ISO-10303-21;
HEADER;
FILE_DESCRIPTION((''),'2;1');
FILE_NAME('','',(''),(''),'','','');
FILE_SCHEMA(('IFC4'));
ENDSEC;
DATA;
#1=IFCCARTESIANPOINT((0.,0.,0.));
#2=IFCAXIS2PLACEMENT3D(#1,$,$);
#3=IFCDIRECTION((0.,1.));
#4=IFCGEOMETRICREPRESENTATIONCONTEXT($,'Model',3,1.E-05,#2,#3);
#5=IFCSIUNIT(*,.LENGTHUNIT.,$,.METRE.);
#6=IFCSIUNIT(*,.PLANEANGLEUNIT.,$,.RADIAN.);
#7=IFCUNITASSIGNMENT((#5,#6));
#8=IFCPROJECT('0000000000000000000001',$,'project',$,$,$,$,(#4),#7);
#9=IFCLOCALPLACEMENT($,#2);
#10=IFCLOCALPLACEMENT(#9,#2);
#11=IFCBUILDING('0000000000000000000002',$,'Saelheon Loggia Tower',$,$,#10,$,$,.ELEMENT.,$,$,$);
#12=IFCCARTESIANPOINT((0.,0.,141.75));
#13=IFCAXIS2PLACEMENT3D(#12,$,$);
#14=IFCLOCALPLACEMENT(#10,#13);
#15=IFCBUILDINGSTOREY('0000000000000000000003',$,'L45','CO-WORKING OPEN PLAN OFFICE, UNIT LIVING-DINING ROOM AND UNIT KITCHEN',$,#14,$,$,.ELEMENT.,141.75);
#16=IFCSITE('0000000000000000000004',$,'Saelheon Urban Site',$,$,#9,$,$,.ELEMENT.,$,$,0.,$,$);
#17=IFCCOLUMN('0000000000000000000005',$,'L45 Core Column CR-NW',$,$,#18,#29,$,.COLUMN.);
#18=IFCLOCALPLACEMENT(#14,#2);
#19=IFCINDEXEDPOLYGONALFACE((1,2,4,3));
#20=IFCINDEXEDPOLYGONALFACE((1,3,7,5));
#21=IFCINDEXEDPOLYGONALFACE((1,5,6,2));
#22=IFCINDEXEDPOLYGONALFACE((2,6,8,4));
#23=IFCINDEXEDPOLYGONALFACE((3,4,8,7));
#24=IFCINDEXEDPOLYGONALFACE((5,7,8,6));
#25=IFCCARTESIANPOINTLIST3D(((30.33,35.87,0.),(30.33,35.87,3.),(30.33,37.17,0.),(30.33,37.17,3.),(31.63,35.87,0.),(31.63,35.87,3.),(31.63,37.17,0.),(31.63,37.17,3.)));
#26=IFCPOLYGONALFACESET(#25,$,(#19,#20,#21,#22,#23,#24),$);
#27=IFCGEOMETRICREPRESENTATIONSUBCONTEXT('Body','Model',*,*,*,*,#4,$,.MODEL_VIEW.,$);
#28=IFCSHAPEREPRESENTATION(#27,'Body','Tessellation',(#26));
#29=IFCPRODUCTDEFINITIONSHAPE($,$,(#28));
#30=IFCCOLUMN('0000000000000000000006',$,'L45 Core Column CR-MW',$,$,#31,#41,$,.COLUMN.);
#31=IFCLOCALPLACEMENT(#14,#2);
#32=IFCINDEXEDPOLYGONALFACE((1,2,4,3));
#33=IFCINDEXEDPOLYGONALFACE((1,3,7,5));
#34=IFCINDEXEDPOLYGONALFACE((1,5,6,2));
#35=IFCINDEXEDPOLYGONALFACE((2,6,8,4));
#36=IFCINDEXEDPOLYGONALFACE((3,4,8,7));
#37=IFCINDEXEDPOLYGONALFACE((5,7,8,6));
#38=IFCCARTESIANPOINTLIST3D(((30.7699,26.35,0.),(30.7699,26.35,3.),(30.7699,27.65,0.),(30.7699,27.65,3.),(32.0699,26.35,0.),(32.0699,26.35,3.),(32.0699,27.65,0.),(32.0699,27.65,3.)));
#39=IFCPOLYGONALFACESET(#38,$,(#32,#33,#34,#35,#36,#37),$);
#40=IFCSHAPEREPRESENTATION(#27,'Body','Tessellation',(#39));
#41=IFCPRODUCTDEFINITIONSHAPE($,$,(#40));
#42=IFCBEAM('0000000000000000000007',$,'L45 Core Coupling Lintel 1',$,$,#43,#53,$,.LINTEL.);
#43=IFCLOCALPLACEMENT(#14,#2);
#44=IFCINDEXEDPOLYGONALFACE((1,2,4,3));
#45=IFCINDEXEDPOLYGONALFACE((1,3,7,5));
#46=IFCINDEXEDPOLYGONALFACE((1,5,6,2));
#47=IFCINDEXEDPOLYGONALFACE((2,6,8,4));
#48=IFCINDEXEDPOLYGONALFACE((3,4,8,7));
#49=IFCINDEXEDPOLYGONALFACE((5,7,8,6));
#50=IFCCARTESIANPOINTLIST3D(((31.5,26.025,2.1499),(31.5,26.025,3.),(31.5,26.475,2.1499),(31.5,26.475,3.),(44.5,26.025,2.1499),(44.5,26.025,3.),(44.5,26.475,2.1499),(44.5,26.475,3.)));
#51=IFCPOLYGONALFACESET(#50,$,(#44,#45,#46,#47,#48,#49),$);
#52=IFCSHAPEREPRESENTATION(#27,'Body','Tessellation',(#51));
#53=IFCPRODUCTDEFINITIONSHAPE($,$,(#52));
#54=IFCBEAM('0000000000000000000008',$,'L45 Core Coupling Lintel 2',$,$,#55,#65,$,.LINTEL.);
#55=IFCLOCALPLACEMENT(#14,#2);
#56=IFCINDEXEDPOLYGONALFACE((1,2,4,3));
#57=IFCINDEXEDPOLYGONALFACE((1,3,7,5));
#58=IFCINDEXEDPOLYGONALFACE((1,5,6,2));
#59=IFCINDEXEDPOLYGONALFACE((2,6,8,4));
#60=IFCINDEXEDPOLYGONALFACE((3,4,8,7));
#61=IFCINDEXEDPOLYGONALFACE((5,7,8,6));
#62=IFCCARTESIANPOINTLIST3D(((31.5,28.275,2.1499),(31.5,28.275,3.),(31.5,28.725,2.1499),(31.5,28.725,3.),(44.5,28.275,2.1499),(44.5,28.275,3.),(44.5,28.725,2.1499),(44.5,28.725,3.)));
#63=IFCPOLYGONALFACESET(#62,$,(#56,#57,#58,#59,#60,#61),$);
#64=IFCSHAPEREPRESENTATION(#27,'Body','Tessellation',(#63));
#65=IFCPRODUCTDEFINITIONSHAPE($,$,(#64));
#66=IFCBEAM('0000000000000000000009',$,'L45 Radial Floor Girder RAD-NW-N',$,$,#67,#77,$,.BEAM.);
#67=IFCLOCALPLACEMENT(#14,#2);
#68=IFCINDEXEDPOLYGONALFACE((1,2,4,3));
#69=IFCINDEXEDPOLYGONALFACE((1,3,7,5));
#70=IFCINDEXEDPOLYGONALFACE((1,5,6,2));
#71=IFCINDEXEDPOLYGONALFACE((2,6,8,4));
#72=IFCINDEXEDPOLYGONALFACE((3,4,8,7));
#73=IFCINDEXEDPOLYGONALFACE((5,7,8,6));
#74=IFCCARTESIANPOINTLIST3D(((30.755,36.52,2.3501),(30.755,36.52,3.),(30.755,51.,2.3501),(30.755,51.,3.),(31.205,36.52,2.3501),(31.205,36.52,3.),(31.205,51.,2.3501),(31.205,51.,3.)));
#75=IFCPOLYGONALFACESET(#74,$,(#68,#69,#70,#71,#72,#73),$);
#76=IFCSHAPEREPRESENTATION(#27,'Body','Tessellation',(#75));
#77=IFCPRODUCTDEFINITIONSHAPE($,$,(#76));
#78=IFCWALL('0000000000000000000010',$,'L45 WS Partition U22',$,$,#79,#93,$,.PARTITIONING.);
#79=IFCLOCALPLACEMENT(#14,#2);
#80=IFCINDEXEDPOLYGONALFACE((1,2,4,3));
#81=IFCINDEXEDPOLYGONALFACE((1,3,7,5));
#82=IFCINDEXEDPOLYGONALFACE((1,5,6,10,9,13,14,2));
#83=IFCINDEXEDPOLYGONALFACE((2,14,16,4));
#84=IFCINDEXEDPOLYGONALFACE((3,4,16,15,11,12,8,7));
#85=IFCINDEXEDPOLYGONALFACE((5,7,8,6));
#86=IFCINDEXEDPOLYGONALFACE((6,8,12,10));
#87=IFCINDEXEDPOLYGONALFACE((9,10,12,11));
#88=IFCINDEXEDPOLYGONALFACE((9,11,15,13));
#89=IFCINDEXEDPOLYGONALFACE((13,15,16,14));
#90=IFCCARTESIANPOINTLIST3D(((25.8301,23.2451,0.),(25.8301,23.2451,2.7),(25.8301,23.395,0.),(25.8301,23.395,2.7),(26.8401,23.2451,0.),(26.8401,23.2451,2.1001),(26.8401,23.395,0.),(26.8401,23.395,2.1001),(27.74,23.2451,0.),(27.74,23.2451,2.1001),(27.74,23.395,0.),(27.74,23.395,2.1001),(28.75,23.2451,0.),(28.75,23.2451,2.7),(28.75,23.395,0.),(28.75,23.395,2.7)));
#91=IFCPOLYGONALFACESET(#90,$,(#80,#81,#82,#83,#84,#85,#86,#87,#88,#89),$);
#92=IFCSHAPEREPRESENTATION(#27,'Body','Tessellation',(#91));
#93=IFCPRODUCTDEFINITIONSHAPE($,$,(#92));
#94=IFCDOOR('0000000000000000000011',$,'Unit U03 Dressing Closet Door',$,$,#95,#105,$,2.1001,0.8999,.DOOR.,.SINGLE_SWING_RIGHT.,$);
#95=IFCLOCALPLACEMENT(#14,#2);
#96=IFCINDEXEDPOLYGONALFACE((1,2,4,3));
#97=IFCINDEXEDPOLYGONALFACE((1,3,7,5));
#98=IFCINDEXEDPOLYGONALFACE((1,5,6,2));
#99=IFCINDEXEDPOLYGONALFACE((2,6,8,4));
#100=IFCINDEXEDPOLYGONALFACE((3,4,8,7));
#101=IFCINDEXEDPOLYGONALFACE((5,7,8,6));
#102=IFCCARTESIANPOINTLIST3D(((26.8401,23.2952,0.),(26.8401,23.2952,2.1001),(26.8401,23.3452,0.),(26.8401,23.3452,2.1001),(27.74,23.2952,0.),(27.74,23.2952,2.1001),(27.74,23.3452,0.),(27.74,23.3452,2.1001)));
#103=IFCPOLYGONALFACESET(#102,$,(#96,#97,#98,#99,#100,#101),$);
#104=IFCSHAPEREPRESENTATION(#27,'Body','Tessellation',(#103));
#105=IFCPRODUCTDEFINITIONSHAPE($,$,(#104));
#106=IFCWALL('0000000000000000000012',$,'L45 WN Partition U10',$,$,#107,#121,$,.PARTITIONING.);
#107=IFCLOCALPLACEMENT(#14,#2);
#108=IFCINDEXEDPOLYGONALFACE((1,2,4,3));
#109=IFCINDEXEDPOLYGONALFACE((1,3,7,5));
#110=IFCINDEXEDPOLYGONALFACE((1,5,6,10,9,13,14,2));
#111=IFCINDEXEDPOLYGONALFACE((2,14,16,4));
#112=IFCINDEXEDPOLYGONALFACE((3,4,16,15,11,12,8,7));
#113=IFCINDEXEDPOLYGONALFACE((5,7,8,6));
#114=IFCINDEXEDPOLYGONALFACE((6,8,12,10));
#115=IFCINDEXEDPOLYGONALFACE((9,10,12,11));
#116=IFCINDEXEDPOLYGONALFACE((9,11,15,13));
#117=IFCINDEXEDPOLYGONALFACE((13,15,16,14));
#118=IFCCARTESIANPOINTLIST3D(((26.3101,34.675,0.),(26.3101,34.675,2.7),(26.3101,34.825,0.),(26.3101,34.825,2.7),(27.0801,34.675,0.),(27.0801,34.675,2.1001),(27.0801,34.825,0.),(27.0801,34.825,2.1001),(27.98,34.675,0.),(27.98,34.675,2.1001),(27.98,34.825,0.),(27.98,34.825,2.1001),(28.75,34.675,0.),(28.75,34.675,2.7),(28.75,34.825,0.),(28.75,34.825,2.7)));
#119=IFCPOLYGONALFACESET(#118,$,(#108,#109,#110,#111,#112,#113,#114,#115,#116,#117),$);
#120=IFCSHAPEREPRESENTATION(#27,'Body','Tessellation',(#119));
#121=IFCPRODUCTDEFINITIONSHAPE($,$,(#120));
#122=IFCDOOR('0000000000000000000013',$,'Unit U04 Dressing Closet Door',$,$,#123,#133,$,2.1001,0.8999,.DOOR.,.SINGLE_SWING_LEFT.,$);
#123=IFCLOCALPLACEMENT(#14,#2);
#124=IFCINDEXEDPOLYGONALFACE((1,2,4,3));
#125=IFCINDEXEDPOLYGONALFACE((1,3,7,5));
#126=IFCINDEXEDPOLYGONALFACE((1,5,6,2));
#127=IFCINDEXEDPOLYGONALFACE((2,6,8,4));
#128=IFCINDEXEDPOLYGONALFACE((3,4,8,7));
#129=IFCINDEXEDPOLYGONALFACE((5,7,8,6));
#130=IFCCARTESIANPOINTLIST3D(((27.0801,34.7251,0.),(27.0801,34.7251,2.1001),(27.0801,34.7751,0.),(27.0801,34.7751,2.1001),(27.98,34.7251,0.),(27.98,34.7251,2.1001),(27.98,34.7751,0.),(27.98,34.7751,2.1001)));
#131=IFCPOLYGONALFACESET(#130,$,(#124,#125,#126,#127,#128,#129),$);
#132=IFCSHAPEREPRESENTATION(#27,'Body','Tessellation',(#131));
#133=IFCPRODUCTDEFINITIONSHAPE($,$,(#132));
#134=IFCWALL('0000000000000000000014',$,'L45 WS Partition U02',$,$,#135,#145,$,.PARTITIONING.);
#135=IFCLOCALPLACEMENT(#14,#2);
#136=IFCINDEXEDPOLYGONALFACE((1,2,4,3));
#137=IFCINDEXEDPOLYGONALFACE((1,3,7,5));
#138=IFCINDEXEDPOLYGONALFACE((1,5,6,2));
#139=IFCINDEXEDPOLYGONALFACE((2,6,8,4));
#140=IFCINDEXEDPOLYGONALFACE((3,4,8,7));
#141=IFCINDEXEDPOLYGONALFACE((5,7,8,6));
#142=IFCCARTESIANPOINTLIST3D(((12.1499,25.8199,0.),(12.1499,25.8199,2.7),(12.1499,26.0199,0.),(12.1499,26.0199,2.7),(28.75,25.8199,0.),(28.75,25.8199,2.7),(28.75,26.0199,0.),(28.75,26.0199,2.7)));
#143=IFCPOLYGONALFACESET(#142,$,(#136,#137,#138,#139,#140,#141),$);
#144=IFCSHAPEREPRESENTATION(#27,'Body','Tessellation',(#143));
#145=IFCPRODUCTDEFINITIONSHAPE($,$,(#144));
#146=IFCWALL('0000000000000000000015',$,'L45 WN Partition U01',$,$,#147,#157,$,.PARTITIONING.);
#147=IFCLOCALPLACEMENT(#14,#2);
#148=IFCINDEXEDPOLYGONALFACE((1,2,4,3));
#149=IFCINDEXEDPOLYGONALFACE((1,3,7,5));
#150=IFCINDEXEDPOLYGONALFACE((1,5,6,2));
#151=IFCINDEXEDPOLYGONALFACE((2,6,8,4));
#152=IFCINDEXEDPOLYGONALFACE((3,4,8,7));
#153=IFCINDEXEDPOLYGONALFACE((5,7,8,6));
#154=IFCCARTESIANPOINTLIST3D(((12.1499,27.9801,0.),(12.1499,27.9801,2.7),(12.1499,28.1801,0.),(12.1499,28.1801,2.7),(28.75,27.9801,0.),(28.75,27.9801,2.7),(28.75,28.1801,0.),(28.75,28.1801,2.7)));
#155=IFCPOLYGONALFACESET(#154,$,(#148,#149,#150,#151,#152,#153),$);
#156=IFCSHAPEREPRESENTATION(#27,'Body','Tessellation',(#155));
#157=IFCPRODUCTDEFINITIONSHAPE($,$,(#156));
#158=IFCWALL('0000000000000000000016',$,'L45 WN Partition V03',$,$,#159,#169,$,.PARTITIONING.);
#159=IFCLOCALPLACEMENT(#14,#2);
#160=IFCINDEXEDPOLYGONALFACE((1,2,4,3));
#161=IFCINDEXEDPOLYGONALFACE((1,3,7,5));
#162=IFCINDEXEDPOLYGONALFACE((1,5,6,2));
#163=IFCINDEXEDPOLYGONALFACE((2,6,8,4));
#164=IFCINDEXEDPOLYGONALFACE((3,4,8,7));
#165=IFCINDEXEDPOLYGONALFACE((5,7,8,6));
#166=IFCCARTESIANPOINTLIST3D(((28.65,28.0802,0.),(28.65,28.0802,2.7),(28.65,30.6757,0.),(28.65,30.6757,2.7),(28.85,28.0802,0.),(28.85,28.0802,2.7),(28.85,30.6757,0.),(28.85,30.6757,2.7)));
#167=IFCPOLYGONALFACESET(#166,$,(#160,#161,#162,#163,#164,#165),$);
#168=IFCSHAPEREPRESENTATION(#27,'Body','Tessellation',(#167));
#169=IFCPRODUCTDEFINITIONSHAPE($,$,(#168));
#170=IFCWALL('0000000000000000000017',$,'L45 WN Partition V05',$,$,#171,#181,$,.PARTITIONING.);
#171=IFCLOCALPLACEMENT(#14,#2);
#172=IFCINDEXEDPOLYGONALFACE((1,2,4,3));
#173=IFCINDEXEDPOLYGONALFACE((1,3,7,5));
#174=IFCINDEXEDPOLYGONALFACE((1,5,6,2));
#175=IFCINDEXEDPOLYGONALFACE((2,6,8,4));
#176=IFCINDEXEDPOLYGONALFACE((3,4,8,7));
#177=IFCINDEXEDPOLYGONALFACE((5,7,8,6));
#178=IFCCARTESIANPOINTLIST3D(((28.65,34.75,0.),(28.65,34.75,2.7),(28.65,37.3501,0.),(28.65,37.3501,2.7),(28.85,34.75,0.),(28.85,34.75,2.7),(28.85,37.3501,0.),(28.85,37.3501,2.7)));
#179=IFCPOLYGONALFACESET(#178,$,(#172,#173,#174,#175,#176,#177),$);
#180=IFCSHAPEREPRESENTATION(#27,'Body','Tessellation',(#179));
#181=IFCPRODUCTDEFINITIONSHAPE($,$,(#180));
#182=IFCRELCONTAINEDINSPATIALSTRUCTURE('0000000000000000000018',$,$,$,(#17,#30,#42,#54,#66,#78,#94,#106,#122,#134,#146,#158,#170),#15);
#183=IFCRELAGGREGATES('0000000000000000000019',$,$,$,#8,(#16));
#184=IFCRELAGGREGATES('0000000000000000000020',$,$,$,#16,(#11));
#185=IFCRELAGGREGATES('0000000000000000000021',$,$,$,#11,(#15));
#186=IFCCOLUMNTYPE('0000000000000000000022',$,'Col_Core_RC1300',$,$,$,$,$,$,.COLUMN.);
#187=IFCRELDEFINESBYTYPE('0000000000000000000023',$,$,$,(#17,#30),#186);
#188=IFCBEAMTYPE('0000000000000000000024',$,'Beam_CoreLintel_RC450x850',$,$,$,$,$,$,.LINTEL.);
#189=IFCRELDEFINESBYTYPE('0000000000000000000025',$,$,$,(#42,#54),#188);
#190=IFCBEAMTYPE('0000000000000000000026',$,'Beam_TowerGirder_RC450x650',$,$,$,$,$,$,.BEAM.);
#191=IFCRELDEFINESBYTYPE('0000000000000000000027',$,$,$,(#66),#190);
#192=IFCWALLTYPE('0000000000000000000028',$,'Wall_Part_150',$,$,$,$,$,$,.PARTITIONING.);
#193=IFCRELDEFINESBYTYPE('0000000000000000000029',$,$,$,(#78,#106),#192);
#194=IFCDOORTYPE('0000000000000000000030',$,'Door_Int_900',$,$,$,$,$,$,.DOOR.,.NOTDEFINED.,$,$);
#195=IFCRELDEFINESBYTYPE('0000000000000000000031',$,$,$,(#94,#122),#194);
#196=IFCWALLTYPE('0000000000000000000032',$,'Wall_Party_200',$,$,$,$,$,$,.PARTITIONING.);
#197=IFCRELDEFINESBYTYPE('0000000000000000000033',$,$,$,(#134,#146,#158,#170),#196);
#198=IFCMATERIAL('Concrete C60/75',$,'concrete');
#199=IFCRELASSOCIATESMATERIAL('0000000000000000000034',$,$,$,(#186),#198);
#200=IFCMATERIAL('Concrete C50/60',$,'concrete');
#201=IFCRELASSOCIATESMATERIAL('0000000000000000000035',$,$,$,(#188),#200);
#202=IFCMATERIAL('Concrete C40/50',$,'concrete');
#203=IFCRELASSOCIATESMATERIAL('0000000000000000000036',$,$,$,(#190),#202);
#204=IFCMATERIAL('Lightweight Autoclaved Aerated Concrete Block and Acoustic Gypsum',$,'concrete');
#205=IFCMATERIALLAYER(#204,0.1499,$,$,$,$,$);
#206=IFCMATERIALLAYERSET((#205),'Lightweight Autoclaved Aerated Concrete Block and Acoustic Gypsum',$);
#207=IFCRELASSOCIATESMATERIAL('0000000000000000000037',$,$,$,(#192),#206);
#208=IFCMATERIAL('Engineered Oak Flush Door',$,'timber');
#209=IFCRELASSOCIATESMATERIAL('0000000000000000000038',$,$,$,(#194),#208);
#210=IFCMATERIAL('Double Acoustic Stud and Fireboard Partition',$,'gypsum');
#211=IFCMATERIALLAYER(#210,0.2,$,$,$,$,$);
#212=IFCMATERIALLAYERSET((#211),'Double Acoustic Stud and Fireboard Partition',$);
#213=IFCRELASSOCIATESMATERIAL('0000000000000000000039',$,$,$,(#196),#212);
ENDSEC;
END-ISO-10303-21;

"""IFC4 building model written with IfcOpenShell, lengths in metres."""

from ifc_helpers import new_model, si_unit, direction, frame, frame_2d, origin, origin_2d, place, context, subcontext, project, spatial, rectangle, extrude, source, transform, mapped, material, layer, layer_set, material_profile, profile_set, type_object, element, fill, save


model = new_model("IFC4")

# Units and contexts
model_context = context("Model", 3, precision=1e-05, world=origin(), true_north=direction((0.0, 1.0)))
body_context = subcontext(model_context, "Body", "Model", "MODEL_VIEW")
ifc_project = project(units=[si_unit("LENGTHUNIT", "METRE"), si_unit("PLANEANGLEUNIT", "RADIAN")], contexts=[model_context])

# Site, building, storey
site_placement = place(None, origin())
site = spatial("IfcSite", under=ifc_project, at=site_placement, Name="Saelheon Urban Site", CompositionType="ELEMENT", RefElevation=0.0)
building_placement = place(site_placement, origin())
building = spatial("IfcBuilding", under=site, at=building_placement, Name="Saelheon Loggia Tower", CompositionType="ELEMENT")
storey_placement = place(building_placement, frame((0.0, 0.0, 141.75)))
storey = spatial("IfcBuildingStorey", under=building, at=storey_placement, Name="L45", Description="CO-WORKING OPEN PLAN OFFICE, UNIT LIVING-DINING ROOM AND UNIT KITCHEN", CompositionType="ELEMENT", Elevation=141.75)

# Columns
ifc_material_1 = material(Name="Concrete C60/75", Category="concrete")
ifc_material_profile_1 = material_profile(ifc_material_1, rectangle(XDim=1.3, YDim=1.3, at=origin_2d()), Name="RC-1300x1300")
ifc_profile_set_1 = profile_set([ifc_material_profile_1], Name="Concrete C60/75")
column_type = type_object("IfcColumnType", Name="Col_Core_RC1300", PredefinedType="COLUMN", material=ifc_profile_set_1)
shared_shape_1 = source(origin(), body_context, "Body", "SweptSolid", [
    extrude(rectangle(XDim=1.3, YDim=1.3, at=origin_2d()), origin(), (0.0, 0.0, 1.0), 3.0),
])
for number, where, z_axis, x_axis, name in (
    (1, (30.98, 36.52, 0.0), (0.0, 0.0, 1.0), (1.0, 0.0, 0.0), "L45 Core Column CR-NW"),
    (2, (31.4199, 27.0, 0.0), (0.0, 0.0, 1.0), (1.0, 0.0, 0.0), "L45 Core Column CR-MW"),
):
    element("IfcColumn", number, at=place(storey_placement, frame(where, z_axis=z_axis, x_axis=x_axis)), inside=storey, type_object=column_type, Name=name, PredefinedType="COLUMN", context=body_context, shape_type="MappedRepresentation", body=[
        mapped(shared_shape_1, transform((0.0, 0.0, 0.0), scale=1.0)),
    ])

# Beams
ifc_material_2 = material(Name="Concrete C50/60", Category="concrete")
ifc_material_profile_2 = material_profile(ifc_material_2, rectangle(XDim=0.45, YDim=0.8501, at=origin_2d()), Name="RC-450x850")
ifc_profile_set_2 = profile_set([ifc_material_profile_2], Name="Concrete C50/60")
beam_type_1 = type_object("IfcBeamType", Name="Beam_CoreLintel_RC450x850", PredefinedType="LINTEL", material=ifc_profile_set_2)
shared_shape_2 = source(origin(), body_context, "Body", "SweptSolid", [
    extrude(rectangle(XDim=0.45, YDim=0.8501, at=origin_2d()), origin(), (0.0, 0.0, 1.0), 13.0),
])
for number, where, z_axis, x_axis, name in (
    (3, (31.5, 26.25, 2.575), (1.0, 0.0, 0.0), (0.0, 1.0, 0.0), "L45 Core Coupling Lintel 1"),
    (4, (31.5, 28.5, 2.575), (1.0, 0.0, 0.0), (0.0, 1.0, 0.0), "L45 Core Coupling Lintel 2"),
):
    element("IfcBeam", number, at=place(storey_placement, frame(where, z_axis=z_axis, x_axis=x_axis)), inside=storey, type_object=beam_type_1, Name=name, PredefinedType="LINTEL", context=body_context, shape_type="MappedRepresentation", body=[
        mapped(shared_shape_2, transform((0.0, 0.0, 0.0), scale=1.0)),
    ])
ifc_material_3 = material(Name="Concrete C40/50", Category="concrete")
ifc_material_profile_3 = material_profile(ifc_material_3, rectangle(XDim=0.45, YDim=0.6499, at=origin_2d()), Name="RC-450x650")
ifc_profile_set_3 = profile_set([ifc_material_profile_3], Name="Concrete C40/50")
beam_type_2 = type_object("IfcBeamType", Name="Beam_TowerGirder_RC450x650", PredefinedType="BEAM", material=ifc_profile_set_3)
shared_shape_3 = source(origin(), body_context, "Body", "SweptSolid", [
    extrude(rectangle(XDim=0.45, YDim=0.6499, at=origin_2d()), origin(), (0.0, 0.0, 1.0), 14.48),
])
beam_placement = place(storey_placement, frame((30.98, 36.52, 2.675), z_axis=(0.0, 1.0, 0.0), x_axis=(-1.0, 0.0, 0.0)))
element("IfcBeam", 5, at=beam_placement, inside=storey, type_object=beam_type_2, Name="L45 Radial Floor Girder RAD-NW-N", PredefinedType="BEAM", context=body_context, shape_type="MappedRepresentation", body=[
    mapped(shared_shape_3, transform((0.0, 0.0, 0.0), scale=1.0)),
])

# Walls, openings, doors
ifc_material_4 = material(Name="Lightweight Autoclaved Aerated Concrete Block and Acoustic Gypsum", Category="concrete")
ifc_layer_1 = layer(ifc_material_4, 0.1499)
ifc_layer_set_1 = layer_set([ifc_layer_1], Name="Lightweight Autoclaved Aerated Concrete Block and Acoustic Gypsum")
wall_type_1 = type_object("IfcWallType", Name="Wall_Part_150", PredefinedType="PARTITIONING", material=ifc_layer_set_1)
wall_1_placement = place(storey_placement, frame((28.75, 23.3201, 0.0), z_axis=(0.0, 0.0, 1.0), x_axis=(-1.0, 0.0, 0.0)))
wall_1 = element("IfcWall", 6, at=wall_1_placement, inside=storey, type_object=wall_type_1, Name="L45 WS Partition U22", PredefinedType="PARTITIONING", context=body_context, shape_type="SweptSolid", body=[
    extrude(rectangle(XDim=2.9199, YDim=0.1499, at=frame_2d((1.46, 0.0))), origin(), (0.0, 0.0, 1.0), 2.7),
])
opening_1_placement = place(wall_1_placement, frame((1.01, 0.0, 0.0)))
opening_1 = element("IfcOpeningElement", 7, at=opening_1_placement, cuts=wall_1, PredefinedType="OPENING", context=body_context, shape_type="SweptSolid", body=[
    extrude(rectangle(XDim=0.8999, YDim=2.1001, at=frame_2d((0.45, 1.05))), frame((0.0, 0.0869, 0.0), z_axis=(0.0, -1.0, 0.0), x_axis=(1.0, 0.0, 0.0)), (0.0, 0.0, 1.0), 0.1738),
])
ifc_material_5 = material(Name="Engineered Oak Flush Door", Category="timber")
door_type_1 = type_object("IfcDoorType", Name="Door_Int_900", OperationType="NOTDEFINED", PredefinedType="DOOR", material=ifc_material_5)
shared_shape_4 = source(origin(), body_context, "Body", "SweptSolid", [
    extrude(rectangle(XDim=0.8999, YDim=2.1001, at=frame_2d((0.45, 1.05))), frame((0.0, 0.0249, 0.0), z_axis=(0.0, -1.0, 0.0), x_axis=(1.0, 0.0, 0.0)), (0.0, 0.0, 1.0), 0.05),
])
door_1_placement = place(opening_1_placement, origin())
door_1 = element("IfcDoor", 8, at=door_1_placement, inside=storey, type_object=door_type_1, Name="Unit U03 Dressing Closet Door", OperationType="SINGLE_SWING_RIGHT", OverallHeight=2.1001, OverallWidth=0.8999, PredefinedType="DOOR", context=body_context, shape_type="MappedRepresentation", body=[
    mapped(shared_shape_4, transform((0.0, 0.0, 0.0), scale=1.0)),
])
fill(opening_1, door_1)
wall_2_placement = place(storey_placement, frame((28.75, 34.75, 0.0), z_axis=(0.0, 0.0, 1.0), x_axis=(-1.0, 0.0, 0.0)))
wall_2 = element("IfcWall", 9, at=wall_2_placement, inside=storey, type_object=wall_type_1, Name="L45 WN Partition U10", PredefinedType="PARTITIONING", context=body_context, shape_type="SweptSolid", body=[
    extrude(rectangle(XDim=2.4399, YDim=0.1499, at=frame_2d((1.22, 0.0))), origin(), (0.0, 0.0, 1.0), 2.7),
])
opening_2_placement = place(wall_2_placement, frame((0.77, 0.0, 0.0)))
opening_2 = element("IfcOpeningElement", 10, at=opening_2_placement, cuts=wall_2, PredefinedType="OPENING", context=body_context, shape_type="SweptSolid", body=[
    extrude(rectangle(XDim=0.8999, YDim=2.1001, at=frame_2d((0.45, 1.05))), frame((0.0, 0.0869, 0.0), z_axis=(0.0, -1.0, 0.0), x_axis=(1.0, 0.0, 0.0)), (0.0, 0.0, 1.0), 0.1738),
])
door_2_placement = place(opening_2_placement, origin())
door_2 = element("IfcDoor", 11, at=door_2_placement, inside=storey, type_object=door_type_1, Name="Unit U04 Dressing Closet Door", OperationType="SINGLE_SWING_LEFT", OverallHeight=2.1001, OverallWidth=0.8999, PredefinedType="DOOR", context=body_context, shape_type="MappedRepresentation", body=[
    mapped(shared_shape_4, transform((0.0, 0.0, 0.0), scale=1.0)),
])
fill(opening_2, door_2)

# Walls
ifc_material_6 = material(Name="Double Acoustic Stud and Fireboard Partition", Category="gypsum")
ifc_layer_2 = layer(ifc_material_6, 0.2)
ifc_layer_set_2 = layer_set([ifc_layer_2], Name="Double Acoustic Stud and Fireboard Partition")
wall_type_2 = type_object("IfcWallType", Name="Wall_Party_200", PredefinedType="PARTITIONING", material=ifc_layer_set_2)
for number, where, z_axis, x_axis, name in (
    (12, (28.75, 25.9199, 0.0), (0.0, 0.0, 1.0), (-1.0, 0.0, 0.0), "L45 WS Partition U02"),
    (13, (28.75, 28.0801, 0.0), (0.0, 0.0, 1.0), (-1.0, 0.0, 0.0), "L45 WN Partition U01"),
):
    element("IfcWall", number, at=place(storey_placement, frame(where, z_axis=z_axis, x_axis=x_axis)), inside=storey, type_object=wall_type_2, Name=name, PredefinedType="PARTITIONING", context=body_context, shape_type="SweptSolid", body=[
        extrude(rectangle(XDim=16.6001, YDim=0.2, at=frame_2d((8.3, 0.0))), origin(), (0.0, 0.0, 1.0), 2.7),
    ])
wall_3_placement = place(storey_placement, frame((28.75, 28.0801, 0.0), z_axis=(0.0, 0.0, 1.0), x_axis=(0.0, 1.0, 0.0)))
element("IfcWall", 14, at=wall_3_placement, inside=storey, type_object=wall_type_2, Name="L45 WN Partition V03", PredefinedType="PARTITIONING", context=body_context, shape_type="SweptSolid", body=[
    extrude(rectangle(XDim=2.5955, YDim=0.2, at=frame_2d((1.2979, 0.0))), origin(), (0.0, 0.0, 1.0), 2.7),
])

# Wall
wall_4_placement = place(storey_placement, frame((28.75, 34.75, 0.0), z_axis=(0.0, 0.0, 1.0), x_axis=(0.0, 1.0, 0.0)))
element("IfcWall", 15, at=wall_4_placement, inside=storey, type_object=wall_type_2, Name="L45 WN Partition V05", PredefinedType="PARTITIONING", context=body_context, shape_type="SweptSolid", body=[
    extrude(rectangle(XDim=2.6001, YDim=0.2, at=frame_2d((1.3, 0.0))), origin(), (0.0, 0.0, 1.0), 2.7),
])

save(model, "model.ifc")
